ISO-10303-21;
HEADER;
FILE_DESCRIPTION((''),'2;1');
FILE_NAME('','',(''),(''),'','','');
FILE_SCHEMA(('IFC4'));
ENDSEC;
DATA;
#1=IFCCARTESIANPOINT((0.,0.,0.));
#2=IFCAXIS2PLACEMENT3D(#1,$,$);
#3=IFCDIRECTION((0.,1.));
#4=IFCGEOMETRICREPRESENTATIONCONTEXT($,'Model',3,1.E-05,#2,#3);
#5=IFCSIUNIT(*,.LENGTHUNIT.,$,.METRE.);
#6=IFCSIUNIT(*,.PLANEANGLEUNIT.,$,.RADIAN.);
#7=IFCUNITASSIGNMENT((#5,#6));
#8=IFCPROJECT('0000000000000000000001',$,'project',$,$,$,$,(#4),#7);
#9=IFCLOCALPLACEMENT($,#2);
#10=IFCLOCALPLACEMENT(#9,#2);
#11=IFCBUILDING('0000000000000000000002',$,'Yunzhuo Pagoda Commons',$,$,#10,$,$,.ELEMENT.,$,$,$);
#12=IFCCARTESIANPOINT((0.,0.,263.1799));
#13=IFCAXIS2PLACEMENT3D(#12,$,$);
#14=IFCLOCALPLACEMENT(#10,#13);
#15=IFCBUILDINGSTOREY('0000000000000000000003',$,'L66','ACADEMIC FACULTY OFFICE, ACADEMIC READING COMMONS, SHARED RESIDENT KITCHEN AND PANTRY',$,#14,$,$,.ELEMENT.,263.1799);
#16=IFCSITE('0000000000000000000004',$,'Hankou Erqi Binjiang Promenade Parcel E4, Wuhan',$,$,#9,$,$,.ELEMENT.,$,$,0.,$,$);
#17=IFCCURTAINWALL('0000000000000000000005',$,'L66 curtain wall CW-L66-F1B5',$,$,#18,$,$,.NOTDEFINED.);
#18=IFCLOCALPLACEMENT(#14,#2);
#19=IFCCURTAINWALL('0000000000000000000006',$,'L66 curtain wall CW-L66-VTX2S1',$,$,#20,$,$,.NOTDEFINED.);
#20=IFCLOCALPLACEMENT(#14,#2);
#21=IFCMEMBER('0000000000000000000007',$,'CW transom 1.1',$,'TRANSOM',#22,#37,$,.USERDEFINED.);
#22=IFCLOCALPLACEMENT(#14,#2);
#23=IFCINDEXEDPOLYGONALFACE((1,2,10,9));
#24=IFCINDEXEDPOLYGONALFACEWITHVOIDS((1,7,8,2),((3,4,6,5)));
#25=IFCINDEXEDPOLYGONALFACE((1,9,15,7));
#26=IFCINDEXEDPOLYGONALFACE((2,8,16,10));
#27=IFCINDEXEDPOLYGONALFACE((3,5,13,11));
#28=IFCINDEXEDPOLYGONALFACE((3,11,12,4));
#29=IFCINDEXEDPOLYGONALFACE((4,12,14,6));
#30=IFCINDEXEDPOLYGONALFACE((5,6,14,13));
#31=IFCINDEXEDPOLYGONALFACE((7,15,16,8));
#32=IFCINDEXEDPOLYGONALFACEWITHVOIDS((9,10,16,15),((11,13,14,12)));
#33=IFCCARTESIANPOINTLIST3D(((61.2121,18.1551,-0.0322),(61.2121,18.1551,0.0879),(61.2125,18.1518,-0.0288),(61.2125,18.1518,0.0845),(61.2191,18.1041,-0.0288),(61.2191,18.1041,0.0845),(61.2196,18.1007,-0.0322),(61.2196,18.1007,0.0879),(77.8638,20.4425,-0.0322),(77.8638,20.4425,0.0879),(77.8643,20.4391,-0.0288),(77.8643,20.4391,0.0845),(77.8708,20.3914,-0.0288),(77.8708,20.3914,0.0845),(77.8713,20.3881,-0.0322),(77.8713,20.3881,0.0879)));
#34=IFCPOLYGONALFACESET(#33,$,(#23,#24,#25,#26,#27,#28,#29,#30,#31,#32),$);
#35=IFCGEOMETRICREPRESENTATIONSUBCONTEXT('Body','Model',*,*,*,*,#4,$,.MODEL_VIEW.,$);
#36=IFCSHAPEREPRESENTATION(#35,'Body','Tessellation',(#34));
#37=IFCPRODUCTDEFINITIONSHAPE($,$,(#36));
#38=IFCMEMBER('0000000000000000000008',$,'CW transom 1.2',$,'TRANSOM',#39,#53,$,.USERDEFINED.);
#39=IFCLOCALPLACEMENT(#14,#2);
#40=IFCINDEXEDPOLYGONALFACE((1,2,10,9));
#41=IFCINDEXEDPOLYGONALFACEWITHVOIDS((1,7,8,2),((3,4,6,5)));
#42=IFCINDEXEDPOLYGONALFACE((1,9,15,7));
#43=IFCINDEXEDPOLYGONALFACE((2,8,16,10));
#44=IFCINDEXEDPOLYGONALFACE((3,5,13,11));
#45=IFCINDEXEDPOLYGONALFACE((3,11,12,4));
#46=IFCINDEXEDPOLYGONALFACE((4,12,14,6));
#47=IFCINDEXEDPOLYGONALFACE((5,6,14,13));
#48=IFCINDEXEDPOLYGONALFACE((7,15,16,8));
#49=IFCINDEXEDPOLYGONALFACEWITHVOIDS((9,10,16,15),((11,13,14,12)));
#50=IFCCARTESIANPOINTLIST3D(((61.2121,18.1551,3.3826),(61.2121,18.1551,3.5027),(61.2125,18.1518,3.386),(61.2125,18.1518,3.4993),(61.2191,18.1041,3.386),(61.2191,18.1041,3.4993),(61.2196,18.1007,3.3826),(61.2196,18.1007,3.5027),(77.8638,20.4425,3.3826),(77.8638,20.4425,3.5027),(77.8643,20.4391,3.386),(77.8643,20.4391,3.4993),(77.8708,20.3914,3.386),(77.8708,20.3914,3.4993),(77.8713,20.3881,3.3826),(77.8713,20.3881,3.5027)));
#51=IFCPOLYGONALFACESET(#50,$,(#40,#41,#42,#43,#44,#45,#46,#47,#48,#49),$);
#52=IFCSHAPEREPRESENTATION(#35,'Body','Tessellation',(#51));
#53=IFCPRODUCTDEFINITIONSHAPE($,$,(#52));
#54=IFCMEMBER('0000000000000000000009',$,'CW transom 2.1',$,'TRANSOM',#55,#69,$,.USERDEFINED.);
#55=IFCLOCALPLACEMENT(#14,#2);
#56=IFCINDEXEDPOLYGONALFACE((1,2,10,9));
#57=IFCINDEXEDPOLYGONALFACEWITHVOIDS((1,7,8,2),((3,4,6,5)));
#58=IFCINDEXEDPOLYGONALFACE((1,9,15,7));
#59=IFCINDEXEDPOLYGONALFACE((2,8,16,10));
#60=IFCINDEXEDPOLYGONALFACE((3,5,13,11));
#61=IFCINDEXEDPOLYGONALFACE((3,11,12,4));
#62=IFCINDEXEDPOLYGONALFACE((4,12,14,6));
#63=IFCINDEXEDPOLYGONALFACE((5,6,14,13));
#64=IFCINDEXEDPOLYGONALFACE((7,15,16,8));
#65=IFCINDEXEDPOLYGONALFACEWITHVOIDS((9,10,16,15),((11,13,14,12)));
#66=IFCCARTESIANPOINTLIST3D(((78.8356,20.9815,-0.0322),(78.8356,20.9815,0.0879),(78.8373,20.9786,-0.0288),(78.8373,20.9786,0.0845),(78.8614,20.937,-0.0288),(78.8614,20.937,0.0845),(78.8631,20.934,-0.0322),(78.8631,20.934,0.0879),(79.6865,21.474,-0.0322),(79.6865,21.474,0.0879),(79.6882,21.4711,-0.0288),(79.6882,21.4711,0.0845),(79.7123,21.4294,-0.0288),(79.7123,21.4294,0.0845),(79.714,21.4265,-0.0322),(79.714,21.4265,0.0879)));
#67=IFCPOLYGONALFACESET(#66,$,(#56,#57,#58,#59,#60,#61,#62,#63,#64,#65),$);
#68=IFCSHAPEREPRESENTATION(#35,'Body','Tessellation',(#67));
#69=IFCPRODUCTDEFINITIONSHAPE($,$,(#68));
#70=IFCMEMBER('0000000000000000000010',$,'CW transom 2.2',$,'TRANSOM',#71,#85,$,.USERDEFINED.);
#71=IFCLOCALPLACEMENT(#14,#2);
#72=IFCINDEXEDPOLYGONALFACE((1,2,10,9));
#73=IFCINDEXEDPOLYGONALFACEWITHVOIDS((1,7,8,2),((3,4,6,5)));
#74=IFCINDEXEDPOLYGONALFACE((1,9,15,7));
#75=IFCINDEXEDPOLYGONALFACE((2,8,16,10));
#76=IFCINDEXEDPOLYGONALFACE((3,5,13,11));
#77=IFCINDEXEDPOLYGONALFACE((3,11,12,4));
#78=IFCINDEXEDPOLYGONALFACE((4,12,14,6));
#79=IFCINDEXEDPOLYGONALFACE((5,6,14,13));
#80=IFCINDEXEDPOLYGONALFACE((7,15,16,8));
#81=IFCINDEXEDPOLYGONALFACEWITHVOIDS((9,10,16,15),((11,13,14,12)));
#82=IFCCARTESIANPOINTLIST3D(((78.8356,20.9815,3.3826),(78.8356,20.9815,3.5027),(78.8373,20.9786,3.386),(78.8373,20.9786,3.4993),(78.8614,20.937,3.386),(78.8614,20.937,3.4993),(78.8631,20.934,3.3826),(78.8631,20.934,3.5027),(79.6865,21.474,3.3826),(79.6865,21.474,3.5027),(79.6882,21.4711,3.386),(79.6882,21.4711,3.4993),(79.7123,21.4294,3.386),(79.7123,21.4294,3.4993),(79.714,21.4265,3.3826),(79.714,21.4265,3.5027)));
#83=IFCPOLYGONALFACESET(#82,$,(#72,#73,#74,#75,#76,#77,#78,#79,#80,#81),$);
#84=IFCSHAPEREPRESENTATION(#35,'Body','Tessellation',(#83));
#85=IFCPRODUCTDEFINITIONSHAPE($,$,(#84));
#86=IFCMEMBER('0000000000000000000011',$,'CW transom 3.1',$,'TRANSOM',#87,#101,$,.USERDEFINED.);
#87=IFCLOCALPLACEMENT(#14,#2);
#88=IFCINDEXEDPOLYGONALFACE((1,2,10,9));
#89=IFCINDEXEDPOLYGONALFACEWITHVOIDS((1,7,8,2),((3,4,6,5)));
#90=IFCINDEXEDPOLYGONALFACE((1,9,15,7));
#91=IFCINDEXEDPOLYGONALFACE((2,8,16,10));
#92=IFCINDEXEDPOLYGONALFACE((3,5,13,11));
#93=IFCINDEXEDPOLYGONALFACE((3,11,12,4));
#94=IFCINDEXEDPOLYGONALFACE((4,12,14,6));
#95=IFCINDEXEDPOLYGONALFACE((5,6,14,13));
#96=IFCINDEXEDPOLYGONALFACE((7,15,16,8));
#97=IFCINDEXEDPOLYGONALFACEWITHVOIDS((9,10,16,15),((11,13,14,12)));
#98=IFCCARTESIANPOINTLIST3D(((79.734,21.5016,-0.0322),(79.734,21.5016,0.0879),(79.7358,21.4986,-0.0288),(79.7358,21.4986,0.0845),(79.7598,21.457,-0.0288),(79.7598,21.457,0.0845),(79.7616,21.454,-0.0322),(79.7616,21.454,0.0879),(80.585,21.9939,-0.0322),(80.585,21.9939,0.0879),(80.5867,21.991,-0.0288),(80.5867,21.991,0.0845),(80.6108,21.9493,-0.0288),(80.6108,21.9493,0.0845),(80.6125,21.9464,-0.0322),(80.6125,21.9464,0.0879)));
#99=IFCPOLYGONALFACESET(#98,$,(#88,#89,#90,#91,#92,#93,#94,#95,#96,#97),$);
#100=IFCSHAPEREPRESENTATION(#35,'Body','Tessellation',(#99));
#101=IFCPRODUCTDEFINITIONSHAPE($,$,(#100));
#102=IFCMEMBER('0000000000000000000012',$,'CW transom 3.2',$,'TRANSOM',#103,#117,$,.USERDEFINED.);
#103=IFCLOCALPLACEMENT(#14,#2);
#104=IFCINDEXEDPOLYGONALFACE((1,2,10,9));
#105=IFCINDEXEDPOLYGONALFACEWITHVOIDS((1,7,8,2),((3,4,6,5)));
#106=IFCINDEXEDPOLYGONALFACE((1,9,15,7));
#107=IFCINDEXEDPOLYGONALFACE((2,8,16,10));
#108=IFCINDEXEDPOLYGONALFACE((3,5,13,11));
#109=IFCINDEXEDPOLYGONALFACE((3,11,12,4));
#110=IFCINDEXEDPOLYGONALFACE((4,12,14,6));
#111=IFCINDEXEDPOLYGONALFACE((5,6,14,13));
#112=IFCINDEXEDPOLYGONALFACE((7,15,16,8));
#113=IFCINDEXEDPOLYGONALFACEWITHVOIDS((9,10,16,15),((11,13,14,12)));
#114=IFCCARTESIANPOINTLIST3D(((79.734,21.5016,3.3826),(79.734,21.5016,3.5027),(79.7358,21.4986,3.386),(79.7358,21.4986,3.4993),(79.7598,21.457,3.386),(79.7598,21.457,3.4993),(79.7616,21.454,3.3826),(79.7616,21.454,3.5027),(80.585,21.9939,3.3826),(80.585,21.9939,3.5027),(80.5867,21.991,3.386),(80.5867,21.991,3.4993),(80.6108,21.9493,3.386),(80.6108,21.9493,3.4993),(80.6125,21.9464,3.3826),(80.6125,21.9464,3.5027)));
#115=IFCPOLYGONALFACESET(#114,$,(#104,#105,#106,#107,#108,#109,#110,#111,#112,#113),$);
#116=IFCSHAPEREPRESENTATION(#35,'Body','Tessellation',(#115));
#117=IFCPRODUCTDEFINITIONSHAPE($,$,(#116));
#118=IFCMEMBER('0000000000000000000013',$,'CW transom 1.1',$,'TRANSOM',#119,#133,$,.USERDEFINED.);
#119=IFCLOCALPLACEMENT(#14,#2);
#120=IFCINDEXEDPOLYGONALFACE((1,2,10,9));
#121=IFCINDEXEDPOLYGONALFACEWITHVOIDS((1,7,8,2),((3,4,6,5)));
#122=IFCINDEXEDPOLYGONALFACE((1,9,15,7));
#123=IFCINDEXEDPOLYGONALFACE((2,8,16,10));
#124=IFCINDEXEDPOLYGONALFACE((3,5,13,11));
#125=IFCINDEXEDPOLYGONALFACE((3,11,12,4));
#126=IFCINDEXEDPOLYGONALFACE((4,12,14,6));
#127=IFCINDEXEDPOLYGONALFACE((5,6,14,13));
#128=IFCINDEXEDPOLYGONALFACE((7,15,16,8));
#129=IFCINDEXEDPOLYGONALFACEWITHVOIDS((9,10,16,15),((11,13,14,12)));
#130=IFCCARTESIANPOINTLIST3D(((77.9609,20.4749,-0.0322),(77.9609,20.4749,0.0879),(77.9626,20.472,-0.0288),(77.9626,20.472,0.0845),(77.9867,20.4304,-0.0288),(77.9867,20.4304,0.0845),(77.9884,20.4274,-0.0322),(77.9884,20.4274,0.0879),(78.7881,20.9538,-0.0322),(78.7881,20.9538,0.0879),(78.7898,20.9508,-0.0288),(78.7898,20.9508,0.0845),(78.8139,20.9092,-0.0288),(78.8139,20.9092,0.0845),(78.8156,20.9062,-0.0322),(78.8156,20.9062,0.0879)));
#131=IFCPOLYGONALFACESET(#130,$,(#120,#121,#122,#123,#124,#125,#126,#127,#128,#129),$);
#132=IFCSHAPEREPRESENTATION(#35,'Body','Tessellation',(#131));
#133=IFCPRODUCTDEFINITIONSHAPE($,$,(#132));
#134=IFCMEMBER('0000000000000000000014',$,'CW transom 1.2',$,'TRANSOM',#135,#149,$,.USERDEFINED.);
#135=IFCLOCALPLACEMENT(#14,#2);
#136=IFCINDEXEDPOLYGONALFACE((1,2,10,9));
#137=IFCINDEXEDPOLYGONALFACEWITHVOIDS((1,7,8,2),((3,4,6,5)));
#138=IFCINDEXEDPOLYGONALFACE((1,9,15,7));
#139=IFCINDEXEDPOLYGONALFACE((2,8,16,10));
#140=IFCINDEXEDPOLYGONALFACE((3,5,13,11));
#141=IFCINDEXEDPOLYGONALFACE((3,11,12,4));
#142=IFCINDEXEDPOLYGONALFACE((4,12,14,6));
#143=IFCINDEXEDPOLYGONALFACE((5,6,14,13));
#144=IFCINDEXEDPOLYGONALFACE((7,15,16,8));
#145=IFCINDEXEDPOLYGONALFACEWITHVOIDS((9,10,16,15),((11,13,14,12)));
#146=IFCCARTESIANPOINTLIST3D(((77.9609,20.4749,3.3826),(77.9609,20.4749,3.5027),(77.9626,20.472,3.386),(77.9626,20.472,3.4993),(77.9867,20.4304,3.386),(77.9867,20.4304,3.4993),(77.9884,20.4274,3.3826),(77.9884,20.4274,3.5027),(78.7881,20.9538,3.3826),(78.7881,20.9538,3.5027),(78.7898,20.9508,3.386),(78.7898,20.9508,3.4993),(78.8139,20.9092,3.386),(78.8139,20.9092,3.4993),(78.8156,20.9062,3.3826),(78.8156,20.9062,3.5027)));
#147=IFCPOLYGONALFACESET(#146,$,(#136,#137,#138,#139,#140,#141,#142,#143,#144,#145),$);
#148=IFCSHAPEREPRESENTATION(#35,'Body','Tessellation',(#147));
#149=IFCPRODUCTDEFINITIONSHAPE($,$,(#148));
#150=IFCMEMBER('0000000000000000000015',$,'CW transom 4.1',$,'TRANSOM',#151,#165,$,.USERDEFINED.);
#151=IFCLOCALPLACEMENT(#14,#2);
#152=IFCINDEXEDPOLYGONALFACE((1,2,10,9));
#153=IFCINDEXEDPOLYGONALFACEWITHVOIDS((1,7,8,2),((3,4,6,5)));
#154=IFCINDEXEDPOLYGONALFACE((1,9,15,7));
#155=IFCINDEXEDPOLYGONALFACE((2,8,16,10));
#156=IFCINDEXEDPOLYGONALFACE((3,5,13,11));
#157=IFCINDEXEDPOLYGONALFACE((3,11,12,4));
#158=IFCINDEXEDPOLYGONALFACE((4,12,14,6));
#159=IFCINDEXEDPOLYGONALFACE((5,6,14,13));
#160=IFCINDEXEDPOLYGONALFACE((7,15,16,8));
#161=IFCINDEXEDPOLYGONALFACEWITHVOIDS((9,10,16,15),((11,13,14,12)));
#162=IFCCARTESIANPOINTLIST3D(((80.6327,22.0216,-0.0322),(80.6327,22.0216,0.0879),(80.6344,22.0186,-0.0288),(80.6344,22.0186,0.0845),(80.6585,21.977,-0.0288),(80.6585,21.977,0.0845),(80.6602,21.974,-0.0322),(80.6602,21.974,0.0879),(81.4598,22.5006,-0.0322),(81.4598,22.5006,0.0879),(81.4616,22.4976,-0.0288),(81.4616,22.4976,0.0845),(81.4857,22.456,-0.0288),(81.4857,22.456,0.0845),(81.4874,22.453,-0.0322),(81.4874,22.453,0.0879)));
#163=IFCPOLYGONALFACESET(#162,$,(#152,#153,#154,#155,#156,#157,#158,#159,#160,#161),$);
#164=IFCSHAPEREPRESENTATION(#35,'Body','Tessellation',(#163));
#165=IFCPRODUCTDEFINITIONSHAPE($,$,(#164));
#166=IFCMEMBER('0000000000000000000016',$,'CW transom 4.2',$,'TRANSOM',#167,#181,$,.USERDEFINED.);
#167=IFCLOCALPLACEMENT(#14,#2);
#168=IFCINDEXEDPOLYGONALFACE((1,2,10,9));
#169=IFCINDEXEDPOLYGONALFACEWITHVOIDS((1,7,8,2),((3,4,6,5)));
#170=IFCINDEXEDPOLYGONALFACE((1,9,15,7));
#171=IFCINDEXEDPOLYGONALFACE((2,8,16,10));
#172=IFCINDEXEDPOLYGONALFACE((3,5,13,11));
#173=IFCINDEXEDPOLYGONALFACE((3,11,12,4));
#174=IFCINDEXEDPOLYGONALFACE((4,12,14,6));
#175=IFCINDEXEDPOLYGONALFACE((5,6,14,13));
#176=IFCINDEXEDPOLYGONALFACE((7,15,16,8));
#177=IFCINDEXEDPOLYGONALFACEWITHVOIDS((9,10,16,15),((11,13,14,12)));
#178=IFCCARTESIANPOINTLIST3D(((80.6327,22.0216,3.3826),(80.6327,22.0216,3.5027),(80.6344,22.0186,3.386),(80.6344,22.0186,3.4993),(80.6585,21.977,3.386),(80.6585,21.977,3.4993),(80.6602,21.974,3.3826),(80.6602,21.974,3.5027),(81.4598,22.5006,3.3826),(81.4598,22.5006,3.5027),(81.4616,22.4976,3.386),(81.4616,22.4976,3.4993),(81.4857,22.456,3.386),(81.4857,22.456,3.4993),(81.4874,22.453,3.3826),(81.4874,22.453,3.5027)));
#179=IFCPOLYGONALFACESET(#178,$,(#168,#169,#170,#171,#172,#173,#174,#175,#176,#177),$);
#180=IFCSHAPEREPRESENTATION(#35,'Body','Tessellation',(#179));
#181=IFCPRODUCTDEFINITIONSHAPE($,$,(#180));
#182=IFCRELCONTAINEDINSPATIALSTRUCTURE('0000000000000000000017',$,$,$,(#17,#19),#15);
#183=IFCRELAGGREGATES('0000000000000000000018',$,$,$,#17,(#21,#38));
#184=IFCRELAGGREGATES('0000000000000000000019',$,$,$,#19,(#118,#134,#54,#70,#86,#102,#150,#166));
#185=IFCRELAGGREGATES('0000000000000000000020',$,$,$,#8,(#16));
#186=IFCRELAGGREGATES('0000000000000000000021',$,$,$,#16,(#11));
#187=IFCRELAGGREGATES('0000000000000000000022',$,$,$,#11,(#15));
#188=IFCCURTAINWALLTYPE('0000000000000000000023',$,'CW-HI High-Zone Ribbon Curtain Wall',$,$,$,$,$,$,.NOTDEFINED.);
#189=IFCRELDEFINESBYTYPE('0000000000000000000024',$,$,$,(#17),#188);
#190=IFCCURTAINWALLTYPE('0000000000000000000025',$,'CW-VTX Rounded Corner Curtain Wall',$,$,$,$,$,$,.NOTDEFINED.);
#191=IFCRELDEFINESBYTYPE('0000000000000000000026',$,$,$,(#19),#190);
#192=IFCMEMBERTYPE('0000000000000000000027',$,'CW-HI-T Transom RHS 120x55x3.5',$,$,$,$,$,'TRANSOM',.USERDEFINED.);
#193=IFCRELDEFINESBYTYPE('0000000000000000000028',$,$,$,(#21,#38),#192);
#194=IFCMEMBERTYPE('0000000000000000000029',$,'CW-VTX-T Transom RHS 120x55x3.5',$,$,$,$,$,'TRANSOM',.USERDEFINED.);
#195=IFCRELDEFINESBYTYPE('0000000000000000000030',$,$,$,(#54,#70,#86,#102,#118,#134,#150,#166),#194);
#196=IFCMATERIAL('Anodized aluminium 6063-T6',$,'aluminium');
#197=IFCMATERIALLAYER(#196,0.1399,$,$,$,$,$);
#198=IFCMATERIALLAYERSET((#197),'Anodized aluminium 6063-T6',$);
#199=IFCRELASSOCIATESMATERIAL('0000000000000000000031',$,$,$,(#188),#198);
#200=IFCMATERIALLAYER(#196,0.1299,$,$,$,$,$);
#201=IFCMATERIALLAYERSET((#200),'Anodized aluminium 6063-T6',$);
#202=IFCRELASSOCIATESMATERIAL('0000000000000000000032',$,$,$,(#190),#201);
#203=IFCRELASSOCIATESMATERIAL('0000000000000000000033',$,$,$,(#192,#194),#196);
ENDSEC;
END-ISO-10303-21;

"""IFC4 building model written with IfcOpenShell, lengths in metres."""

from ifc_helpers import new_model, si_unit, direction, frame, origin, origin_2d, place, context, subcontext, project, spatial, hollow_rectangle, extrude, source, transform, mapped, material, layer, layer_set, material_profile, profile_set, type_object, element, aggregate, save


model = new_model("IFC4")

# Units and contexts
model_context = context("Model", 3, precision=1e-05, world=origin(), true_north=direction((0.0, 1.0)))
body_context = subcontext(model_context, "Body", "Model", "MODEL_VIEW")
ifc_project = project(units=[si_unit("LENGTHUNIT", "METRE"), si_unit("PLANEANGLEUNIT", "RADIAN")], contexts=[model_context])

# Site, building, storey
site_placement = place(None, origin())
site = spatial("IfcSite", under=ifc_project, at=site_placement, Name="Hankou Erqi Binjiang Promenade Parcel E4, Wuhan", CompositionType="ELEMENT", RefElevation=0.0)
building_placement = place(site_placement, origin())
building = spatial("IfcBuilding", under=site, at=building_placement, Name="Yunzhuo Pagoda Commons", CompositionType="ELEMENT")
storey_placement = place(building_placement, frame((0.0, 0.0, 263.1799)))
storey = spatial("IfcBuildingStorey", under=building, at=storey_placement, Name="L66", Description="ACADEMIC FACULTY OFFICE, ACADEMIC READING COMMONS, SHARED RESIDENT KITCHEN AND PANTRY", CompositionType="ELEMENT", Elevation=263.1799)

# Curtain walls
ifc_material_1 = material(Name="Anodized aluminium 6063-T6", Category="aluminium")
ifc_layer_1 = layer(ifc_material_1, 0.1399)
ifc_layer_set_1 = layer_set([ifc_layer_1], Name="Anodized aluminium 6063-T6")
curtain_wall_type_1 = type_object("IfcCurtainWallType", Name="CW-HI High-Zone Ribbon Curtain Wall", PredefinedType="NOTDEFINED", material=ifc_layer_set_1)
curtain_wall_1_placement = place(storey_placement, origin())
curtain_wall_1 = element("IfcCurtainWall", 1, at=curtain_wall_1_placement, inside=storey, type_object=curtain_wall_type_1, Name="L66 curtain wall CW-L66-F1B5", PredefinedType="NOTDEFINED")
ifc_layer_2 = layer(ifc_material_1, 0.1299)
ifc_layer_set_2 = layer_set([ifc_layer_2], Name="Anodized aluminium 6063-T6")
curtain_wall_type_2 = type_object("IfcCurtainWallType", Name="CW-VTX Rounded Corner Curtain Wall", PredefinedType="NOTDEFINED", material=ifc_layer_set_2)
curtain_wall_2_placement = place(storey_placement, origin())
curtain_wall_2 = element("IfcCurtainWall", 2, at=curtain_wall_2_placement, inside=storey, type_object=curtain_wall_type_2, Name="L66 curtain wall CW-L66-VTX2S1", PredefinedType="NOTDEFINED")

# Members
ifc_material_profile_1 = material_profile(ifc_material_1, hollow_rectangle(XDim=0.0549, YDim=0.1201, WallThickness=0.0034, at=origin_2d()), Name="Anodized aluminium 6063-T6")
ifc_profile_set_1 = profile_set([ifc_material_profile_1], Name="Anodized aluminium 6063-T6")
member_type_1 = type_object("IfcMemberType", Name="CW-HI-T Transom RHS 120x55x3.5", ElementType="TRANSOM", PredefinedType="USERDEFINED", material=ifc_profile_set_1)
shared_shape_1 = source(origin(), body_context, "Body", "SweptSolid", [
    extrude(hollow_rectangle(XDim=0.0549, YDim=0.1201, WallThickness=0.0034, at=origin_2d()), origin(), (0.0, 0.0, 1.0), 16.8081),
])
member_1_placement = place(storey_placement, frame((61.2158, 18.1279, 0.0278), z_axis=(0.990697, 0.136085, 0.0), x_axis=(-0.136085, 0.990697, 0.0)))
member_1 = element("IfcMember", 3, at=member_1_placement, type_object=member_type_1, Name="CW transom 1.1", ObjectType="TRANSOM", PredefinedType="USERDEFINED", context=body_context, shape_type="MappedRepresentation", body=[
    mapped(shared_shape_1, transform((0.0, 0.0, 0.0), scale=1.0)),
])
member_2_placement = place(storey_placement, frame((61.2158, 18.1279, 3.4426), z_axis=(0.990697, 0.136085, 0.0), x_axis=(-0.136085, 0.990697, 0.0)))
member_2 = element("IfcMember", 4, at=member_2_placement, type_object=member_type_1, Name="CW transom 1.2", ObjectType="TRANSOM", PredefinedType="USERDEFINED", context=body_context, shape_type="MappedRepresentation", body=[
    mapped(shared_shape_1, transform((0.0, 0.0, 0.0), scale=1.0)),
])
ifc_material_profile_2 = material_profile(ifc_material_1, hollow_rectangle(XDim=0.0549, YDim=0.1201, WallThickness=0.0034, at=origin_2d()), Name="Anodized aluminium 6063-T6")
ifc_profile_set_2 = profile_set([ifc_material_profile_2], Name="Anodized aluminium 6063-T6")
member_type_2 = type_object("IfcMemberType", Name="CW-VTX-T Transom RHS 120x55x3.5", ElementType="TRANSOM", PredefinedType="USERDEFINED", material=ifc_profile_set_2)
shared_shape_2 = source(origin(), body_context, "Body", "SweptSolid", [
    extrude(hollow_rectangle(XDim=0.0549, YDim=0.1201, WallThickness=0.0034, at=origin_2d()), origin(), (0.0, 0.0, 1.0), 0.9832),
])
member_3_placement = place(storey_placement, frame((78.8494, 20.9578, 0.0278), z_axis=(0.865494, 0.500919, 0.0), x_axis=(-0.500919, 0.865494, 0.0)))
member_3 = element("IfcMember", 5, at=member_3_placement, type_object=member_type_2, Name="CW transom 2.1", ObjectType="TRANSOM", PredefinedType="USERDEFINED", context=body_context, shape_type="MappedRepresentation", body=[
    mapped(shared_shape_2, transform((0.0, 0.0, 0.0), scale=1.0)),
])
member_4_placement = place(storey_placement, frame((78.8494, 20.9578, 3.4426), z_axis=(0.865494, 0.500919, 0.0), x_axis=(-0.500919, 0.865494, 0.0)))
member_4 = element("IfcMember", 6, at=member_4_placement, type_object=member_type_2, Name="CW transom 2.2", ObjectType="TRANSOM", PredefinedType="USERDEFINED", context=body_context, shape_type="MappedRepresentation", body=[
    mapped(shared_shape_2, transform((0.0, 0.0, 0.0), scale=1.0)),
])
member_5_placement = place(storey_placement, frame((79.7478, 21.4778, 0.0278), z_axis=(0.865557, 0.500811, 0.0), x_axis=(-0.500811, 0.865557, 0.0)))
member_5 = element("IfcMember", 7, at=member_5_placement, type_object=member_type_2, Name="CW transom 3.1", ObjectType="TRANSOM", PredefinedType="USERDEFINED", context=body_context, shape_type="MappedRepresentation", body=[
    mapped(shared_shape_2, transform((0.0, 0.0, 0.0), scale=1.0)),
])
member_6_placement = place(storey_placement, frame((79.7478, 21.4778, 3.4426), z_axis=(0.865557, 0.500811, 0.0), x_axis=(-0.500811, 0.865557, 0.0)))
member_6 = element("IfcMember", 8, at=member_6_placement, type_object=member_type_2, Name="CW transom 3.2", ObjectType="TRANSOM", PredefinedType="USERDEFINED", context=body_context, shape_type="MappedRepresentation", body=[
    mapped(shared_shape_2, transform((0.0, 0.0, 0.0), scale=1.0)),
])
shared_shape_3 = source(origin(), body_context, "Body", "SweptSolid", [
    extrude(hollow_rectangle(XDim=0.0549, YDim=0.1201, WallThickness=0.0034, at=origin_2d()), origin(), (0.0, 0.0, 1.0), 0.9558),
])
member_7_placement = place(storey_placement, frame((77.9746, 20.4512, 0.0278), z_axis=(0.865479, 0.500946, 0.0), x_axis=(-0.500946, 0.865479, 0.0)))
member_7 = element("IfcMember", 9, at=member_7_placement, type_object=member_type_2, Name="CW transom 1.1", ObjectType="TRANSOM", PredefinedType="USERDEFINED", context=body_context, shape_type="MappedRepresentation", body=[
    mapped(shared_shape_3, transform((0.0, 0.0, 0.0), scale=1.0)),
])
member_8_placement = place(storey_placement, frame((77.9746, 20.4512, 3.4426), z_axis=(0.865479, 0.500946, 0.0), x_axis=(-0.500946, 0.865479, 0.0)))
member_8 = element("IfcMember", 10, at=member_8_placement, type_object=member_type_2, Name="CW transom 1.2", ObjectType="TRANSOM", PredefinedType="USERDEFINED", context=body_context, shape_type="MappedRepresentation", body=[
    mapped(shared_shape_3, transform((0.0, 0.0, 0.0), scale=1.0)),
])
member_9_placement = place(storey_placement, frame((80.6465, 21.9978, 0.0278), z_axis=(0.865368, 0.501137, 0.0), x_axis=(-0.501137, 0.865368, 0.0)))
member_9 = element("IfcMember", 11, at=member_9_placement, type_object=member_type_2, Name="CW transom 4.1", ObjectType="TRANSOM", PredefinedType="USERDEFINED", context=body_context, shape_type="MappedRepresentation", body=[
    mapped(shared_shape_3, transform((0.0, 0.0, 0.0), scale=1.0)),
])
member_10_placement = place(storey_placement, frame((80.6465, 21.9978, 3.4426), z_axis=(0.865368, 0.501137, 0.0), x_axis=(-0.501137, 0.865368, 0.0)))
member_10 = element("IfcMember", 12, at=member_10_placement, type_object=member_type_2, Name="CW transom 4.2", ObjectType="TRANSOM", PredefinedType="USERDEFINED", context=body_context, shape_type="MappedRepresentation", body=[
    mapped(shared_shape_3, transform((0.0, 0.0, 0.0), scale=1.0)),
])

aggregate(curtain_wall_1, [member_1, member_2])
aggregate(curtain_wall_2, [member_7, member_8, member_3, member_4, member_5, member_6, member_9, member_10])

save(model, "model.ifc")
